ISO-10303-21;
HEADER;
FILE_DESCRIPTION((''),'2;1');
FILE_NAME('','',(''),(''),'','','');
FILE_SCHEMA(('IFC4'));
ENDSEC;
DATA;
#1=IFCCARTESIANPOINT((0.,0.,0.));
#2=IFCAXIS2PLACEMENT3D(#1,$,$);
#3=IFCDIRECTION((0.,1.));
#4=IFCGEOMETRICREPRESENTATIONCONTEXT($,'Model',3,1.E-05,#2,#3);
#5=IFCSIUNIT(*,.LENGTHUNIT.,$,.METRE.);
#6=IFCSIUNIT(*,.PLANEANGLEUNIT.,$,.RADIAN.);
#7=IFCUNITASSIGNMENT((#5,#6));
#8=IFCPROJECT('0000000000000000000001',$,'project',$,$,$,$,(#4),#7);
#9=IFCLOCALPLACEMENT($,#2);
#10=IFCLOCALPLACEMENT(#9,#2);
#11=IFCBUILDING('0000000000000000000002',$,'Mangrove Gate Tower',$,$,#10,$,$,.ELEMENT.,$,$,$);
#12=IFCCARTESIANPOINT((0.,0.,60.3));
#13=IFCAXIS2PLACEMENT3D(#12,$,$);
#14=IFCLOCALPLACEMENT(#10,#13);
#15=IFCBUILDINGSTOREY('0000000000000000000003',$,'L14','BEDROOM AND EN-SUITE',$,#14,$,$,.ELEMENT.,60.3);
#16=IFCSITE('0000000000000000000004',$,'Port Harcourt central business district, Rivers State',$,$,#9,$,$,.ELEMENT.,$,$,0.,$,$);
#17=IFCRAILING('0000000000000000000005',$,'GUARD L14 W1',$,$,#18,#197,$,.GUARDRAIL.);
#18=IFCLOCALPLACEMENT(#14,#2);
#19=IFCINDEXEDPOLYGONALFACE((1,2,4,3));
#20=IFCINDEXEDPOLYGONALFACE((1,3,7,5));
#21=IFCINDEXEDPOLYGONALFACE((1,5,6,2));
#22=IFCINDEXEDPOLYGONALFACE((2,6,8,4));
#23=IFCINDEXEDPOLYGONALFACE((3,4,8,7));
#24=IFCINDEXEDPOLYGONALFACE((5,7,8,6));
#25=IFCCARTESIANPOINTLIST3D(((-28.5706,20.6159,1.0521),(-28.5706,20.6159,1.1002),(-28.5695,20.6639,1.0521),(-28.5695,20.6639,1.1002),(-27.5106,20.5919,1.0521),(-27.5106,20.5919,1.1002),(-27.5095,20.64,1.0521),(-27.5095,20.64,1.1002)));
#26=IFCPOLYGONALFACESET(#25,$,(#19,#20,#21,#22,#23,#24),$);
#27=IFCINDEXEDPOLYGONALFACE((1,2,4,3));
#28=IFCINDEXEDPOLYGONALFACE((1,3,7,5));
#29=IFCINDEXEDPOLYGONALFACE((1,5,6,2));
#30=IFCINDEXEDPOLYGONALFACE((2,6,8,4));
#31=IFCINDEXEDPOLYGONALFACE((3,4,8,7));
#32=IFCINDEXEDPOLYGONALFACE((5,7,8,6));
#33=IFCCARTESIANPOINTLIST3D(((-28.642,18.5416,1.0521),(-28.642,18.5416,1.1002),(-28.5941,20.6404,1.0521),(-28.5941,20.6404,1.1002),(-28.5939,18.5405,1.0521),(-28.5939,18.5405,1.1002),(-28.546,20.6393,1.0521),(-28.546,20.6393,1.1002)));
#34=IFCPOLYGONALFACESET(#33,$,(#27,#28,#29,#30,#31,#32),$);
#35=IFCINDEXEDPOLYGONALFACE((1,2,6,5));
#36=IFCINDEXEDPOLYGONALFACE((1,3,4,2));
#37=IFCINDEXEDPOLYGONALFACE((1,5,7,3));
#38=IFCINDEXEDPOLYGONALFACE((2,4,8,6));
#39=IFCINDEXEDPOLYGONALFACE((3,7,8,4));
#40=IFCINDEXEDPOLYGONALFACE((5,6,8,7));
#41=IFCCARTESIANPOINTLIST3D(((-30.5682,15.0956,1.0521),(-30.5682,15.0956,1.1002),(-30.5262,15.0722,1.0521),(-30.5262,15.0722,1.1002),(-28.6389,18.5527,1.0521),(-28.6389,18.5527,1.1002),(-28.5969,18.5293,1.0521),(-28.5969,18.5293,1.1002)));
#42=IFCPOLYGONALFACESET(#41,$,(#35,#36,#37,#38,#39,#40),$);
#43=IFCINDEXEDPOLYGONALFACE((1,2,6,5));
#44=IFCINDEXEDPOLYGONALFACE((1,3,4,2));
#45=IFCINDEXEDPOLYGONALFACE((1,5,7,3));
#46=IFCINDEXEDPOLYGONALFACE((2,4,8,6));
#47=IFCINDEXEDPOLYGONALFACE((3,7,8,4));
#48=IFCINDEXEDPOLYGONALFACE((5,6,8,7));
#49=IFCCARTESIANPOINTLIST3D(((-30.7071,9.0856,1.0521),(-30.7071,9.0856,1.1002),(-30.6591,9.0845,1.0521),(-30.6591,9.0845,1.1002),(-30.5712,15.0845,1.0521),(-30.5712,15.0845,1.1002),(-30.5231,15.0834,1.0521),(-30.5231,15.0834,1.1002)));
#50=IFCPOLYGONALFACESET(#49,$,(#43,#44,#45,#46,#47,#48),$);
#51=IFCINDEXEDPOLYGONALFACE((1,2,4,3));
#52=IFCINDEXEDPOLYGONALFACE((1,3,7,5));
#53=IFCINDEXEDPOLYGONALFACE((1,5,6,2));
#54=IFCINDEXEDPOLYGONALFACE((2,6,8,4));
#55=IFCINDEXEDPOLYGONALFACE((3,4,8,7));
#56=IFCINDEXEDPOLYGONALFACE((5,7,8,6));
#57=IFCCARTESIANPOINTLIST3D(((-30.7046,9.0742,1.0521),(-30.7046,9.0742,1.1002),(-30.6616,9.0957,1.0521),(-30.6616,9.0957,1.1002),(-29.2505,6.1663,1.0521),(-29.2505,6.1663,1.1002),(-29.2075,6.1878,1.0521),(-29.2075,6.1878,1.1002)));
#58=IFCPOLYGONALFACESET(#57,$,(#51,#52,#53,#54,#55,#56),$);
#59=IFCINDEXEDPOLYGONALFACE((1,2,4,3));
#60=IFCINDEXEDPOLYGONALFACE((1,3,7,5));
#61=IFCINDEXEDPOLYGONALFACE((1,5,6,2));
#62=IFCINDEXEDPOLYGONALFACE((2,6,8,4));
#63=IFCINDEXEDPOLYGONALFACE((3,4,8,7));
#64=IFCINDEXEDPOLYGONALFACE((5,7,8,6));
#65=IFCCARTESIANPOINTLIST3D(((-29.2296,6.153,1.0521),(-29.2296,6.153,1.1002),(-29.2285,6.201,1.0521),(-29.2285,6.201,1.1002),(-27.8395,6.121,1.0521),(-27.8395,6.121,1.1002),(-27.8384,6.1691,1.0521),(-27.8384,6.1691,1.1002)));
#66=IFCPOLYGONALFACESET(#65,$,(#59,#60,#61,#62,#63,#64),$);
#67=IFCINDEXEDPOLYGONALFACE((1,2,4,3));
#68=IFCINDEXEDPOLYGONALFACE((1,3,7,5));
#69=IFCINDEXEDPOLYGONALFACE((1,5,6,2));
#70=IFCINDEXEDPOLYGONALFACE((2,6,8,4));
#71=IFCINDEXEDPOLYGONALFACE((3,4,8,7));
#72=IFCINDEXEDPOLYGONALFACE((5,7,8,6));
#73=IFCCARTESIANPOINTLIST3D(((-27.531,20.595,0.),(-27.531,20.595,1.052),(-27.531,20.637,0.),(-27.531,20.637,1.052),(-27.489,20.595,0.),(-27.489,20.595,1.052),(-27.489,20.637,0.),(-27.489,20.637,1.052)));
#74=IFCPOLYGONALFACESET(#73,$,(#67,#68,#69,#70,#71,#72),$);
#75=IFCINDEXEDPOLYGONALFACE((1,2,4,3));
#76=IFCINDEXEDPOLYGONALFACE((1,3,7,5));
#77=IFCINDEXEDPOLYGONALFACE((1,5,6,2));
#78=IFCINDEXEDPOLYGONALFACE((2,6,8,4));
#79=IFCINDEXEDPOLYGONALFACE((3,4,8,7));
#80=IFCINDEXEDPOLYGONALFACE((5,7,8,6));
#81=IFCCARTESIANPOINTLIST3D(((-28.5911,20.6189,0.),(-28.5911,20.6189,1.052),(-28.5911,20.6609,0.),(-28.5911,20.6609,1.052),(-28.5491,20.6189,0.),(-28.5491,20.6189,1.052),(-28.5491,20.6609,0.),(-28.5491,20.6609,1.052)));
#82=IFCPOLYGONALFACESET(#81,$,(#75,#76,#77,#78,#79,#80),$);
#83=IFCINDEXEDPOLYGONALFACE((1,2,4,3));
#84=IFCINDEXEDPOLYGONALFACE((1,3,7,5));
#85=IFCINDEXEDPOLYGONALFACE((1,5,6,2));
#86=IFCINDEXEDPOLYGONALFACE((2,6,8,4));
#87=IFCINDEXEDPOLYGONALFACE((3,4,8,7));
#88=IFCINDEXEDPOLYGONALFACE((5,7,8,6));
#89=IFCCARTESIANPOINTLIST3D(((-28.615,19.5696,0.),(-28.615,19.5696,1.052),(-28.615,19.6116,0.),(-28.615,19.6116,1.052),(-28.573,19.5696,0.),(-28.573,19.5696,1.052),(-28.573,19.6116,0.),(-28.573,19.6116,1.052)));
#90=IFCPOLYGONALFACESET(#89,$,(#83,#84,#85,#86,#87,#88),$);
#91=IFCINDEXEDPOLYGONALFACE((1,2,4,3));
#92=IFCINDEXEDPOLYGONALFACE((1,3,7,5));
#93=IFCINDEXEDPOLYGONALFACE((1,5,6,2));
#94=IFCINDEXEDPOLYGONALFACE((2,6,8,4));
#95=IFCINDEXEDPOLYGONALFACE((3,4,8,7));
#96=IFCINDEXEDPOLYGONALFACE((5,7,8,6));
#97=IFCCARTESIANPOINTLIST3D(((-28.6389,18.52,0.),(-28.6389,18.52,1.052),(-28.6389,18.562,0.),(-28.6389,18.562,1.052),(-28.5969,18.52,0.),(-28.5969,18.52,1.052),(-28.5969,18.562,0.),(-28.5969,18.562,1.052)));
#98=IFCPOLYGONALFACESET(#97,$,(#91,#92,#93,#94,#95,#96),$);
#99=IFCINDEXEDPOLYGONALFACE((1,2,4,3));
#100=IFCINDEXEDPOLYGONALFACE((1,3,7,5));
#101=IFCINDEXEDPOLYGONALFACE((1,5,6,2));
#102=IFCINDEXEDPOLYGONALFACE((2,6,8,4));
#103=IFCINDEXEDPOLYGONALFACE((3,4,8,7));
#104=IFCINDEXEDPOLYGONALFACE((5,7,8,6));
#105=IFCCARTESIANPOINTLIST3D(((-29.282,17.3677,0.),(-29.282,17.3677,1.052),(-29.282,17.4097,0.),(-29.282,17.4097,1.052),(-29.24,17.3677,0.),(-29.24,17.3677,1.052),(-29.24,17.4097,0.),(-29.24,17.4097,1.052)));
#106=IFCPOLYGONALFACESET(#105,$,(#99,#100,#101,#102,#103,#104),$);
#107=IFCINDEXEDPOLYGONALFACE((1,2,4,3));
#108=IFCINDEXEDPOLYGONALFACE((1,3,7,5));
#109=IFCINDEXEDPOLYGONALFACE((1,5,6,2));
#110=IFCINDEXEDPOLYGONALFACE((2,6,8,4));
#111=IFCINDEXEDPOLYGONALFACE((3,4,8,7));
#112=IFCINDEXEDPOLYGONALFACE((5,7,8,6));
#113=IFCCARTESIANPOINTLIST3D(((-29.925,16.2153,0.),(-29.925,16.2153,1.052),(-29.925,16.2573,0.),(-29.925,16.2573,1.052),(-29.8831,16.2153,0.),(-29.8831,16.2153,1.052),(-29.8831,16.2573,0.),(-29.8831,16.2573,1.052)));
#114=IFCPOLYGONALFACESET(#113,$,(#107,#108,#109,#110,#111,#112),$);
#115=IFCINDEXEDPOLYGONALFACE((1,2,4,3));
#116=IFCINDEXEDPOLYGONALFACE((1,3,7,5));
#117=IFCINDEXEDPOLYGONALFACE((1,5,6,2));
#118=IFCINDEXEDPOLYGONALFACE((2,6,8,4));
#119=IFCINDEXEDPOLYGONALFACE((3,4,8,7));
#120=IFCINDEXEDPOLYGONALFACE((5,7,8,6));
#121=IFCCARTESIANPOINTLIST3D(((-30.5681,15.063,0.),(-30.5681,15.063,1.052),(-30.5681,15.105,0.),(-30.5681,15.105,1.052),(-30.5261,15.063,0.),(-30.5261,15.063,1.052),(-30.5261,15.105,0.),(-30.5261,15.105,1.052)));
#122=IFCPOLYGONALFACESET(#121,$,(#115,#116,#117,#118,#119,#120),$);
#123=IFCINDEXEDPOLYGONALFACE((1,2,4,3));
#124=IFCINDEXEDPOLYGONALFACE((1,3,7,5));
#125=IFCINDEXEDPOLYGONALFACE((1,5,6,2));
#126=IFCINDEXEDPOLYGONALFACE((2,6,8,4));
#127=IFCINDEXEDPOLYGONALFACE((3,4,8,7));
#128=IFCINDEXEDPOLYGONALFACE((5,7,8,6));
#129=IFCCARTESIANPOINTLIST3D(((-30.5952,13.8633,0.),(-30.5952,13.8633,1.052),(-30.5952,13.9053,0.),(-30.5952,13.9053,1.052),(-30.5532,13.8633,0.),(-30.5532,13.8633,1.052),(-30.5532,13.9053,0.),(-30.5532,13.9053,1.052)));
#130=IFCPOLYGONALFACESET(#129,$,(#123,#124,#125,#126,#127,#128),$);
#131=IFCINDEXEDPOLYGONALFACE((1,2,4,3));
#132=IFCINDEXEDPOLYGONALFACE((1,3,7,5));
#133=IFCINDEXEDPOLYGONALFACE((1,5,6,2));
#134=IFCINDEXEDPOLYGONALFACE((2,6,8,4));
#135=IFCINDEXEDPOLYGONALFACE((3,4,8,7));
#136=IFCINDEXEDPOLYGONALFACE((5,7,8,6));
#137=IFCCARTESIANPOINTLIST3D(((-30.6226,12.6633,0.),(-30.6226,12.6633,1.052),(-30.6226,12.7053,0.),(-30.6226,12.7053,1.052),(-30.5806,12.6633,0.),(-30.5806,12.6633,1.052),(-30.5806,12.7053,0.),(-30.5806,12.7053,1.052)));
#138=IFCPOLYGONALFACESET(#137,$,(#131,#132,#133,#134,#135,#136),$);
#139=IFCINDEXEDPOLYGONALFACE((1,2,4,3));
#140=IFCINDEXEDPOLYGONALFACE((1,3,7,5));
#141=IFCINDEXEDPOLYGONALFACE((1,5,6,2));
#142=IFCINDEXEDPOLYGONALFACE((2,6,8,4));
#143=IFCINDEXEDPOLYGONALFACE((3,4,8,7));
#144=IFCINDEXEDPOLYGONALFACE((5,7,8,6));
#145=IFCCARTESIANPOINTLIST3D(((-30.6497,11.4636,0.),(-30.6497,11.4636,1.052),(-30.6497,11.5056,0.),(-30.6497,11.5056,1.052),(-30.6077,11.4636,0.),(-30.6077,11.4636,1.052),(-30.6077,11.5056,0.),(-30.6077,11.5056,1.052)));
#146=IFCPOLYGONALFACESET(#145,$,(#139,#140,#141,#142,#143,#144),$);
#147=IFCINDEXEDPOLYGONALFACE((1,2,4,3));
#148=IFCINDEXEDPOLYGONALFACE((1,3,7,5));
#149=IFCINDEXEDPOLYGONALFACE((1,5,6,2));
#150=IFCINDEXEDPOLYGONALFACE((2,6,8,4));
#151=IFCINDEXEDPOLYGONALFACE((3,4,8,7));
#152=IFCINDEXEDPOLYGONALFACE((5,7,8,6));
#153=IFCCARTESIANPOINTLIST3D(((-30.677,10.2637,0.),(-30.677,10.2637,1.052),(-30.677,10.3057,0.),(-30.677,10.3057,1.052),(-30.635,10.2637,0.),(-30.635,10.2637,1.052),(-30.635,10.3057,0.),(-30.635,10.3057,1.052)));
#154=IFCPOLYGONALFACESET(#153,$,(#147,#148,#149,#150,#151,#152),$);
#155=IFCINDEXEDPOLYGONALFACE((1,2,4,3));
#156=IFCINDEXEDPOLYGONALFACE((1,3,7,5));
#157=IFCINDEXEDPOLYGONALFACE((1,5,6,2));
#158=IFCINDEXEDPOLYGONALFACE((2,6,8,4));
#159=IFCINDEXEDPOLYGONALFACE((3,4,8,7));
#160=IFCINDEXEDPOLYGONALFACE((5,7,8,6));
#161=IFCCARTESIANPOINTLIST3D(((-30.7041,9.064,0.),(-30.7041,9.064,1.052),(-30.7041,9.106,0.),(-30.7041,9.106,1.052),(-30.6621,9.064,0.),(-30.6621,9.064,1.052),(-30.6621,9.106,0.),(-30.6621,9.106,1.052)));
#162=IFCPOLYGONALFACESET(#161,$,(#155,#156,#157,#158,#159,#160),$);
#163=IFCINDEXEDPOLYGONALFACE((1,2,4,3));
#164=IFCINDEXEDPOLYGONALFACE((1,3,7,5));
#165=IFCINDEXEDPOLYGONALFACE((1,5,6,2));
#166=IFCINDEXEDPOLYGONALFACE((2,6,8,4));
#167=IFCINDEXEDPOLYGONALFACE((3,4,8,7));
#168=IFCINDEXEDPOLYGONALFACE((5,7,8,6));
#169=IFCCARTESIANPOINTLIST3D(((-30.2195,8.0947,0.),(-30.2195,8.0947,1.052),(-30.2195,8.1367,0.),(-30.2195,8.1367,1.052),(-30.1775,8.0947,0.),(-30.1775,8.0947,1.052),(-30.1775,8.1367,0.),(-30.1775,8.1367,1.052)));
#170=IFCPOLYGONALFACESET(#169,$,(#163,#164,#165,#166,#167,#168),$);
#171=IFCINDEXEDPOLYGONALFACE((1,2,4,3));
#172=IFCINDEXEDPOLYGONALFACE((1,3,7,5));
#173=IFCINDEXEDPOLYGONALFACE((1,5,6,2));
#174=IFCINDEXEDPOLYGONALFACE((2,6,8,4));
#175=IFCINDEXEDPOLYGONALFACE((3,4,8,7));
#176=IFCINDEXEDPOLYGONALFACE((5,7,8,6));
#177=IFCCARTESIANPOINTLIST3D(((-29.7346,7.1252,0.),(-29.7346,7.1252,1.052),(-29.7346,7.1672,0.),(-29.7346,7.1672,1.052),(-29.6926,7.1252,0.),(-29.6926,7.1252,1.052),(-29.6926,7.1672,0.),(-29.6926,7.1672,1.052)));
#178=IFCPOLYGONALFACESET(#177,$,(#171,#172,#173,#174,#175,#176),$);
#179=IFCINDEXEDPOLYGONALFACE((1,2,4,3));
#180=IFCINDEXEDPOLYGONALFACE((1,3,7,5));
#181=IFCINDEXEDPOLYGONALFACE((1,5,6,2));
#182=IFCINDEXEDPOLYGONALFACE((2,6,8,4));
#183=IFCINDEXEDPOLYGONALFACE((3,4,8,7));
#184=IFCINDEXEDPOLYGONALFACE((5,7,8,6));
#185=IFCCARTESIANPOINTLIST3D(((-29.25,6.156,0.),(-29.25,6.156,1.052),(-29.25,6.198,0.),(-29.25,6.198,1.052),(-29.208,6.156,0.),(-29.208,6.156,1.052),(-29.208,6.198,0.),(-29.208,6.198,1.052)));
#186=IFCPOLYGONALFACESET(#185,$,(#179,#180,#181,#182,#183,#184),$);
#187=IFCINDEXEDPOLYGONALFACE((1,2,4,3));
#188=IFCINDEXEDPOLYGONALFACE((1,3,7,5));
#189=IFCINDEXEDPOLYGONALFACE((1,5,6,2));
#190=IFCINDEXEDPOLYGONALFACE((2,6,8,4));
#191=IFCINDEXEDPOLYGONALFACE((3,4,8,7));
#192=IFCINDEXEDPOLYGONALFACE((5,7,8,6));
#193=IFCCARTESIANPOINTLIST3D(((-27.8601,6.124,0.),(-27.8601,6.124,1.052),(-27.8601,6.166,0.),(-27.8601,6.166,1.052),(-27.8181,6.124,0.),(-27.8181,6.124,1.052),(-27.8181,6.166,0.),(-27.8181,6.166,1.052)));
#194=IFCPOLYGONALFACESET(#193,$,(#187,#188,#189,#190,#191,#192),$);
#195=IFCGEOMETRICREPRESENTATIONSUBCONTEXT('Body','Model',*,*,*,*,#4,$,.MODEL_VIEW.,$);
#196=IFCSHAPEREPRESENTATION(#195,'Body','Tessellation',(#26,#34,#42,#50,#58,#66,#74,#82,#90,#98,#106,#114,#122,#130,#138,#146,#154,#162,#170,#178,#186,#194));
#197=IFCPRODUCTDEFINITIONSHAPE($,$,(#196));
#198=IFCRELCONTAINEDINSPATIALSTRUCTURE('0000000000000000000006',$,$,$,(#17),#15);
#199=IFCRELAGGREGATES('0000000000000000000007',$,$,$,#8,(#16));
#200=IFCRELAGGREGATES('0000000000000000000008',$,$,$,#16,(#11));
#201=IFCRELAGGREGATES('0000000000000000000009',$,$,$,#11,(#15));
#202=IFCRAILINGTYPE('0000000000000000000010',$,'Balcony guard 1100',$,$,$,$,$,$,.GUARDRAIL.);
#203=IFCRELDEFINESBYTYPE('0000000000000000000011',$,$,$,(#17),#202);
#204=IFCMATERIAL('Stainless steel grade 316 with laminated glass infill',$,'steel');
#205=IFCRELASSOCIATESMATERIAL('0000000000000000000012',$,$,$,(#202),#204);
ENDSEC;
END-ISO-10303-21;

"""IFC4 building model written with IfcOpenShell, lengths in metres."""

from ifc_helpers import new_model, si_unit, direction, frame, origin, origin_2d, place, context, subcontext, project, spatial, rectangle, extrude, material, type_object, element, save


model = new_model("IFC4")

# Units and contexts
model_context = context("Model", 3, precision=1e-05, world=origin(), true_north=direction((0.0, 1.0)))
body_context = subcontext(model_context, "Body", "Model", "MODEL_VIEW")
ifc_project = project(units=[si_unit("LENGTHUNIT", "METRE"), si_unit("PLANEANGLEUNIT", "RADIAN")], contexts=[model_context])

# Site, building, storey
site_placement = place(None, origin())
site = spatial("IfcSite", under=ifc_project, at=site_placement, Name="Port Harcourt central business district, Rivers State", CompositionType="ELEMENT", RefElevation=0.0)
building_placement = place(site_placement, origin())
building = spatial("IfcBuilding", under=site, at=building_placement, Name="Mangrove Gate Tower", CompositionType="ELEMENT")
storey_placement = place(building_placement, frame((0.0, 0.0, 60.3)))
storey = spatial("IfcBuildingStorey", under=building, at=storey_placement, Name="L14", Description="BEDROOM AND EN-SUITE", CompositionType="ELEMENT", Elevation=60.3)

# Railing
ifc_material_1 = material(Name="Stainless steel grade 316 with laminated glass infill", Category="steel")
railing_type = type_object("IfcRailingType", Name="Balcony guard 1100", PredefinedType="GUARDRAIL", material=ifc_material_1)
railing_placement = place(storey_placement, frame((-27.51, 20.616, 0.0)))
element("IfcRailing", 1, at=railing_placement, inside=storey, type_object=railing_type, Name="GUARD L14 W1", PredefinedType="GUARDRAIL", context=body_context, shape_type="SweptSolid", body=[
    extrude(rectangle(XDim=0.0481, YDim=0.0481, at=origin_2d()), frame((0.0, 0.0, 1.0762), z_axis=(-0.999745, 0.022564, 0.0), x_axis=(-0.022564, -0.999745, 0.0)), (0.0, 0.0, 1.0), 1.0603),
    extrude(rectangle(XDim=0.0481, YDim=0.0481, at=origin_2d()), frame((-1.0601, 0.0239, 1.0762), z_axis=(-0.022793, -0.99974, 0.0), x_axis=(0.99974, -0.022793, 0.0)), (0.0, 0.0, 1.0), 2.0994),
    extrude(rectangle(XDim=0.0481, YDim=0.0481, at=origin_2d()), frame((-1.1079, -2.075, 1.0762), z_axis=(-0.487307, -0.873231, 0.0), x_axis=(0.873231, -0.487307, 0.0)), (0.0, 0.0, 1.0), 3.959),
    extrude(rectangle(XDim=0.0481, YDim=0.0481, at=origin_2d()), frame((-3.0371, -5.532, 1.0762), z_axis=(-0.022662, -0.999743, 0.0), x_axis=(0.999743, -0.022662, 0.0)), (0.0, 0.0, 1.0), 6.0005),
    extrude(rectangle(XDim=0.0481, YDim=0.0481, at=origin_2d()), frame((-3.1731, -11.531, 1.0762), z_axis=(0.447244, -0.894412, 0.0), x_axis=(0.894412, 0.447244, 0.0)), (0.0, 0.0, 1.0), 3.2512),
    extrude(rectangle(XDim=0.0481, YDim=0.0481, at=origin_2d()), frame((-1.719, -14.439, 1.0762), z_axis=(0.999735, -0.023005, 0.0), x_axis=(0.023005, 0.999735, 0.0)), (0.0, 0.0, 1.0), 1.3904),
    extrude(rectangle(XDim=0.042, YDim=0.042, at=origin_2d()), origin(), (0.0, 0.0, 1.0), 1.052),
    extrude(rectangle(XDim=0.042, YDim=0.042, at=origin_2d()), frame((-1.0601, 0.0239, 0.0)), (0.0, 0.0, 1.0), 1.052),
    extrude(rectangle(XDim=0.042, YDim=0.042, at=origin_2d()), frame((-1.084, -1.0254, 0.0)), (0.0, 0.0, 1.0), 1.052),
    extrude(rectangle(XDim=0.042, YDim=0.042, at=origin_2d()), frame((-1.1079, -2.075, 0.0)), (0.0, 0.0, 1.0), 1.052),
    extrude(rectangle(XDim=0.042, YDim=0.042, at=origin_2d()), frame((-1.751, -3.2273, 0.0)), (0.0, 0.0, 1.0), 1.052),
    extrude(rectangle(XDim=0.042, YDim=0.042, at=origin_2d()), frame((-2.394, -4.3796, 0.0)), (0.0, 0.0, 1.0), 1.052),
    extrude(rectangle(XDim=0.042, YDim=0.042, at=origin_2d()), frame((-3.0371, -5.532, 0.0)), (0.0, 0.0, 1.0), 1.052),
    extrude(rectangle(XDim=0.042, YDim=0.042, at=origin_2d()), frame((-3.0642, -6.7317, 0.0)), (0.0, 0.0, 1.0), 1.052),
    extrude(rectangle(XDim=0.042, YDim=0.042, at=origin_2d()), frame((-3.0916, -7.9316, 0.0)), (0.0, 0.0, 1.0), 1.052),
    extrude(rectangle(XDim=0.042, YDim=0.042, at=origin_2d()), frame((-3.1187, -9.1313, 0.0)), (0.0, 0.0, 1.0), 1.052),
    extrude(rectangle(XDim=0.042, YDim=0.042, at=origin_2d()), frame((-3.146, -10.3313, 0.0)), (0.0, 0.0, 1.0), 1.052),
    extrude(rectangle(XDim=0.042, YDim=0.042, at=origin_2d()), frame((-3.1731, -11.531, 0.0)), (0.0, 0.0, 1.0), 1.052),
    extrude(rectangle(XDim=0.042, YDim=0.042, at=origin_2d()), frame((-2.6885, -12.5002, 0.0)), (0.0, 0.0, 1.0), 1.052),
    extrude(rectangle(XDim=0.042, YDim=0.042, at=origin_2d()), frame((-2.2036, -13.4697, 0.0)), (0.0, 0.0, 1.0), 1.052),
    extrude(rectangle(XDim=0.042, YDim=0.042, at=origin_2d()), frame((-1.719, -14.439, 0.0)), (0.0, 0.0, 1.0), 1.052),
    extrude(rectangle(XDim=0.042, YDim=0.042, at=origin_2d()), frame((-0.3291, -14.4709, 0.0)), (0.0, 0.0, 1.0), 1.052),
])

save(model, "model.ifc")
